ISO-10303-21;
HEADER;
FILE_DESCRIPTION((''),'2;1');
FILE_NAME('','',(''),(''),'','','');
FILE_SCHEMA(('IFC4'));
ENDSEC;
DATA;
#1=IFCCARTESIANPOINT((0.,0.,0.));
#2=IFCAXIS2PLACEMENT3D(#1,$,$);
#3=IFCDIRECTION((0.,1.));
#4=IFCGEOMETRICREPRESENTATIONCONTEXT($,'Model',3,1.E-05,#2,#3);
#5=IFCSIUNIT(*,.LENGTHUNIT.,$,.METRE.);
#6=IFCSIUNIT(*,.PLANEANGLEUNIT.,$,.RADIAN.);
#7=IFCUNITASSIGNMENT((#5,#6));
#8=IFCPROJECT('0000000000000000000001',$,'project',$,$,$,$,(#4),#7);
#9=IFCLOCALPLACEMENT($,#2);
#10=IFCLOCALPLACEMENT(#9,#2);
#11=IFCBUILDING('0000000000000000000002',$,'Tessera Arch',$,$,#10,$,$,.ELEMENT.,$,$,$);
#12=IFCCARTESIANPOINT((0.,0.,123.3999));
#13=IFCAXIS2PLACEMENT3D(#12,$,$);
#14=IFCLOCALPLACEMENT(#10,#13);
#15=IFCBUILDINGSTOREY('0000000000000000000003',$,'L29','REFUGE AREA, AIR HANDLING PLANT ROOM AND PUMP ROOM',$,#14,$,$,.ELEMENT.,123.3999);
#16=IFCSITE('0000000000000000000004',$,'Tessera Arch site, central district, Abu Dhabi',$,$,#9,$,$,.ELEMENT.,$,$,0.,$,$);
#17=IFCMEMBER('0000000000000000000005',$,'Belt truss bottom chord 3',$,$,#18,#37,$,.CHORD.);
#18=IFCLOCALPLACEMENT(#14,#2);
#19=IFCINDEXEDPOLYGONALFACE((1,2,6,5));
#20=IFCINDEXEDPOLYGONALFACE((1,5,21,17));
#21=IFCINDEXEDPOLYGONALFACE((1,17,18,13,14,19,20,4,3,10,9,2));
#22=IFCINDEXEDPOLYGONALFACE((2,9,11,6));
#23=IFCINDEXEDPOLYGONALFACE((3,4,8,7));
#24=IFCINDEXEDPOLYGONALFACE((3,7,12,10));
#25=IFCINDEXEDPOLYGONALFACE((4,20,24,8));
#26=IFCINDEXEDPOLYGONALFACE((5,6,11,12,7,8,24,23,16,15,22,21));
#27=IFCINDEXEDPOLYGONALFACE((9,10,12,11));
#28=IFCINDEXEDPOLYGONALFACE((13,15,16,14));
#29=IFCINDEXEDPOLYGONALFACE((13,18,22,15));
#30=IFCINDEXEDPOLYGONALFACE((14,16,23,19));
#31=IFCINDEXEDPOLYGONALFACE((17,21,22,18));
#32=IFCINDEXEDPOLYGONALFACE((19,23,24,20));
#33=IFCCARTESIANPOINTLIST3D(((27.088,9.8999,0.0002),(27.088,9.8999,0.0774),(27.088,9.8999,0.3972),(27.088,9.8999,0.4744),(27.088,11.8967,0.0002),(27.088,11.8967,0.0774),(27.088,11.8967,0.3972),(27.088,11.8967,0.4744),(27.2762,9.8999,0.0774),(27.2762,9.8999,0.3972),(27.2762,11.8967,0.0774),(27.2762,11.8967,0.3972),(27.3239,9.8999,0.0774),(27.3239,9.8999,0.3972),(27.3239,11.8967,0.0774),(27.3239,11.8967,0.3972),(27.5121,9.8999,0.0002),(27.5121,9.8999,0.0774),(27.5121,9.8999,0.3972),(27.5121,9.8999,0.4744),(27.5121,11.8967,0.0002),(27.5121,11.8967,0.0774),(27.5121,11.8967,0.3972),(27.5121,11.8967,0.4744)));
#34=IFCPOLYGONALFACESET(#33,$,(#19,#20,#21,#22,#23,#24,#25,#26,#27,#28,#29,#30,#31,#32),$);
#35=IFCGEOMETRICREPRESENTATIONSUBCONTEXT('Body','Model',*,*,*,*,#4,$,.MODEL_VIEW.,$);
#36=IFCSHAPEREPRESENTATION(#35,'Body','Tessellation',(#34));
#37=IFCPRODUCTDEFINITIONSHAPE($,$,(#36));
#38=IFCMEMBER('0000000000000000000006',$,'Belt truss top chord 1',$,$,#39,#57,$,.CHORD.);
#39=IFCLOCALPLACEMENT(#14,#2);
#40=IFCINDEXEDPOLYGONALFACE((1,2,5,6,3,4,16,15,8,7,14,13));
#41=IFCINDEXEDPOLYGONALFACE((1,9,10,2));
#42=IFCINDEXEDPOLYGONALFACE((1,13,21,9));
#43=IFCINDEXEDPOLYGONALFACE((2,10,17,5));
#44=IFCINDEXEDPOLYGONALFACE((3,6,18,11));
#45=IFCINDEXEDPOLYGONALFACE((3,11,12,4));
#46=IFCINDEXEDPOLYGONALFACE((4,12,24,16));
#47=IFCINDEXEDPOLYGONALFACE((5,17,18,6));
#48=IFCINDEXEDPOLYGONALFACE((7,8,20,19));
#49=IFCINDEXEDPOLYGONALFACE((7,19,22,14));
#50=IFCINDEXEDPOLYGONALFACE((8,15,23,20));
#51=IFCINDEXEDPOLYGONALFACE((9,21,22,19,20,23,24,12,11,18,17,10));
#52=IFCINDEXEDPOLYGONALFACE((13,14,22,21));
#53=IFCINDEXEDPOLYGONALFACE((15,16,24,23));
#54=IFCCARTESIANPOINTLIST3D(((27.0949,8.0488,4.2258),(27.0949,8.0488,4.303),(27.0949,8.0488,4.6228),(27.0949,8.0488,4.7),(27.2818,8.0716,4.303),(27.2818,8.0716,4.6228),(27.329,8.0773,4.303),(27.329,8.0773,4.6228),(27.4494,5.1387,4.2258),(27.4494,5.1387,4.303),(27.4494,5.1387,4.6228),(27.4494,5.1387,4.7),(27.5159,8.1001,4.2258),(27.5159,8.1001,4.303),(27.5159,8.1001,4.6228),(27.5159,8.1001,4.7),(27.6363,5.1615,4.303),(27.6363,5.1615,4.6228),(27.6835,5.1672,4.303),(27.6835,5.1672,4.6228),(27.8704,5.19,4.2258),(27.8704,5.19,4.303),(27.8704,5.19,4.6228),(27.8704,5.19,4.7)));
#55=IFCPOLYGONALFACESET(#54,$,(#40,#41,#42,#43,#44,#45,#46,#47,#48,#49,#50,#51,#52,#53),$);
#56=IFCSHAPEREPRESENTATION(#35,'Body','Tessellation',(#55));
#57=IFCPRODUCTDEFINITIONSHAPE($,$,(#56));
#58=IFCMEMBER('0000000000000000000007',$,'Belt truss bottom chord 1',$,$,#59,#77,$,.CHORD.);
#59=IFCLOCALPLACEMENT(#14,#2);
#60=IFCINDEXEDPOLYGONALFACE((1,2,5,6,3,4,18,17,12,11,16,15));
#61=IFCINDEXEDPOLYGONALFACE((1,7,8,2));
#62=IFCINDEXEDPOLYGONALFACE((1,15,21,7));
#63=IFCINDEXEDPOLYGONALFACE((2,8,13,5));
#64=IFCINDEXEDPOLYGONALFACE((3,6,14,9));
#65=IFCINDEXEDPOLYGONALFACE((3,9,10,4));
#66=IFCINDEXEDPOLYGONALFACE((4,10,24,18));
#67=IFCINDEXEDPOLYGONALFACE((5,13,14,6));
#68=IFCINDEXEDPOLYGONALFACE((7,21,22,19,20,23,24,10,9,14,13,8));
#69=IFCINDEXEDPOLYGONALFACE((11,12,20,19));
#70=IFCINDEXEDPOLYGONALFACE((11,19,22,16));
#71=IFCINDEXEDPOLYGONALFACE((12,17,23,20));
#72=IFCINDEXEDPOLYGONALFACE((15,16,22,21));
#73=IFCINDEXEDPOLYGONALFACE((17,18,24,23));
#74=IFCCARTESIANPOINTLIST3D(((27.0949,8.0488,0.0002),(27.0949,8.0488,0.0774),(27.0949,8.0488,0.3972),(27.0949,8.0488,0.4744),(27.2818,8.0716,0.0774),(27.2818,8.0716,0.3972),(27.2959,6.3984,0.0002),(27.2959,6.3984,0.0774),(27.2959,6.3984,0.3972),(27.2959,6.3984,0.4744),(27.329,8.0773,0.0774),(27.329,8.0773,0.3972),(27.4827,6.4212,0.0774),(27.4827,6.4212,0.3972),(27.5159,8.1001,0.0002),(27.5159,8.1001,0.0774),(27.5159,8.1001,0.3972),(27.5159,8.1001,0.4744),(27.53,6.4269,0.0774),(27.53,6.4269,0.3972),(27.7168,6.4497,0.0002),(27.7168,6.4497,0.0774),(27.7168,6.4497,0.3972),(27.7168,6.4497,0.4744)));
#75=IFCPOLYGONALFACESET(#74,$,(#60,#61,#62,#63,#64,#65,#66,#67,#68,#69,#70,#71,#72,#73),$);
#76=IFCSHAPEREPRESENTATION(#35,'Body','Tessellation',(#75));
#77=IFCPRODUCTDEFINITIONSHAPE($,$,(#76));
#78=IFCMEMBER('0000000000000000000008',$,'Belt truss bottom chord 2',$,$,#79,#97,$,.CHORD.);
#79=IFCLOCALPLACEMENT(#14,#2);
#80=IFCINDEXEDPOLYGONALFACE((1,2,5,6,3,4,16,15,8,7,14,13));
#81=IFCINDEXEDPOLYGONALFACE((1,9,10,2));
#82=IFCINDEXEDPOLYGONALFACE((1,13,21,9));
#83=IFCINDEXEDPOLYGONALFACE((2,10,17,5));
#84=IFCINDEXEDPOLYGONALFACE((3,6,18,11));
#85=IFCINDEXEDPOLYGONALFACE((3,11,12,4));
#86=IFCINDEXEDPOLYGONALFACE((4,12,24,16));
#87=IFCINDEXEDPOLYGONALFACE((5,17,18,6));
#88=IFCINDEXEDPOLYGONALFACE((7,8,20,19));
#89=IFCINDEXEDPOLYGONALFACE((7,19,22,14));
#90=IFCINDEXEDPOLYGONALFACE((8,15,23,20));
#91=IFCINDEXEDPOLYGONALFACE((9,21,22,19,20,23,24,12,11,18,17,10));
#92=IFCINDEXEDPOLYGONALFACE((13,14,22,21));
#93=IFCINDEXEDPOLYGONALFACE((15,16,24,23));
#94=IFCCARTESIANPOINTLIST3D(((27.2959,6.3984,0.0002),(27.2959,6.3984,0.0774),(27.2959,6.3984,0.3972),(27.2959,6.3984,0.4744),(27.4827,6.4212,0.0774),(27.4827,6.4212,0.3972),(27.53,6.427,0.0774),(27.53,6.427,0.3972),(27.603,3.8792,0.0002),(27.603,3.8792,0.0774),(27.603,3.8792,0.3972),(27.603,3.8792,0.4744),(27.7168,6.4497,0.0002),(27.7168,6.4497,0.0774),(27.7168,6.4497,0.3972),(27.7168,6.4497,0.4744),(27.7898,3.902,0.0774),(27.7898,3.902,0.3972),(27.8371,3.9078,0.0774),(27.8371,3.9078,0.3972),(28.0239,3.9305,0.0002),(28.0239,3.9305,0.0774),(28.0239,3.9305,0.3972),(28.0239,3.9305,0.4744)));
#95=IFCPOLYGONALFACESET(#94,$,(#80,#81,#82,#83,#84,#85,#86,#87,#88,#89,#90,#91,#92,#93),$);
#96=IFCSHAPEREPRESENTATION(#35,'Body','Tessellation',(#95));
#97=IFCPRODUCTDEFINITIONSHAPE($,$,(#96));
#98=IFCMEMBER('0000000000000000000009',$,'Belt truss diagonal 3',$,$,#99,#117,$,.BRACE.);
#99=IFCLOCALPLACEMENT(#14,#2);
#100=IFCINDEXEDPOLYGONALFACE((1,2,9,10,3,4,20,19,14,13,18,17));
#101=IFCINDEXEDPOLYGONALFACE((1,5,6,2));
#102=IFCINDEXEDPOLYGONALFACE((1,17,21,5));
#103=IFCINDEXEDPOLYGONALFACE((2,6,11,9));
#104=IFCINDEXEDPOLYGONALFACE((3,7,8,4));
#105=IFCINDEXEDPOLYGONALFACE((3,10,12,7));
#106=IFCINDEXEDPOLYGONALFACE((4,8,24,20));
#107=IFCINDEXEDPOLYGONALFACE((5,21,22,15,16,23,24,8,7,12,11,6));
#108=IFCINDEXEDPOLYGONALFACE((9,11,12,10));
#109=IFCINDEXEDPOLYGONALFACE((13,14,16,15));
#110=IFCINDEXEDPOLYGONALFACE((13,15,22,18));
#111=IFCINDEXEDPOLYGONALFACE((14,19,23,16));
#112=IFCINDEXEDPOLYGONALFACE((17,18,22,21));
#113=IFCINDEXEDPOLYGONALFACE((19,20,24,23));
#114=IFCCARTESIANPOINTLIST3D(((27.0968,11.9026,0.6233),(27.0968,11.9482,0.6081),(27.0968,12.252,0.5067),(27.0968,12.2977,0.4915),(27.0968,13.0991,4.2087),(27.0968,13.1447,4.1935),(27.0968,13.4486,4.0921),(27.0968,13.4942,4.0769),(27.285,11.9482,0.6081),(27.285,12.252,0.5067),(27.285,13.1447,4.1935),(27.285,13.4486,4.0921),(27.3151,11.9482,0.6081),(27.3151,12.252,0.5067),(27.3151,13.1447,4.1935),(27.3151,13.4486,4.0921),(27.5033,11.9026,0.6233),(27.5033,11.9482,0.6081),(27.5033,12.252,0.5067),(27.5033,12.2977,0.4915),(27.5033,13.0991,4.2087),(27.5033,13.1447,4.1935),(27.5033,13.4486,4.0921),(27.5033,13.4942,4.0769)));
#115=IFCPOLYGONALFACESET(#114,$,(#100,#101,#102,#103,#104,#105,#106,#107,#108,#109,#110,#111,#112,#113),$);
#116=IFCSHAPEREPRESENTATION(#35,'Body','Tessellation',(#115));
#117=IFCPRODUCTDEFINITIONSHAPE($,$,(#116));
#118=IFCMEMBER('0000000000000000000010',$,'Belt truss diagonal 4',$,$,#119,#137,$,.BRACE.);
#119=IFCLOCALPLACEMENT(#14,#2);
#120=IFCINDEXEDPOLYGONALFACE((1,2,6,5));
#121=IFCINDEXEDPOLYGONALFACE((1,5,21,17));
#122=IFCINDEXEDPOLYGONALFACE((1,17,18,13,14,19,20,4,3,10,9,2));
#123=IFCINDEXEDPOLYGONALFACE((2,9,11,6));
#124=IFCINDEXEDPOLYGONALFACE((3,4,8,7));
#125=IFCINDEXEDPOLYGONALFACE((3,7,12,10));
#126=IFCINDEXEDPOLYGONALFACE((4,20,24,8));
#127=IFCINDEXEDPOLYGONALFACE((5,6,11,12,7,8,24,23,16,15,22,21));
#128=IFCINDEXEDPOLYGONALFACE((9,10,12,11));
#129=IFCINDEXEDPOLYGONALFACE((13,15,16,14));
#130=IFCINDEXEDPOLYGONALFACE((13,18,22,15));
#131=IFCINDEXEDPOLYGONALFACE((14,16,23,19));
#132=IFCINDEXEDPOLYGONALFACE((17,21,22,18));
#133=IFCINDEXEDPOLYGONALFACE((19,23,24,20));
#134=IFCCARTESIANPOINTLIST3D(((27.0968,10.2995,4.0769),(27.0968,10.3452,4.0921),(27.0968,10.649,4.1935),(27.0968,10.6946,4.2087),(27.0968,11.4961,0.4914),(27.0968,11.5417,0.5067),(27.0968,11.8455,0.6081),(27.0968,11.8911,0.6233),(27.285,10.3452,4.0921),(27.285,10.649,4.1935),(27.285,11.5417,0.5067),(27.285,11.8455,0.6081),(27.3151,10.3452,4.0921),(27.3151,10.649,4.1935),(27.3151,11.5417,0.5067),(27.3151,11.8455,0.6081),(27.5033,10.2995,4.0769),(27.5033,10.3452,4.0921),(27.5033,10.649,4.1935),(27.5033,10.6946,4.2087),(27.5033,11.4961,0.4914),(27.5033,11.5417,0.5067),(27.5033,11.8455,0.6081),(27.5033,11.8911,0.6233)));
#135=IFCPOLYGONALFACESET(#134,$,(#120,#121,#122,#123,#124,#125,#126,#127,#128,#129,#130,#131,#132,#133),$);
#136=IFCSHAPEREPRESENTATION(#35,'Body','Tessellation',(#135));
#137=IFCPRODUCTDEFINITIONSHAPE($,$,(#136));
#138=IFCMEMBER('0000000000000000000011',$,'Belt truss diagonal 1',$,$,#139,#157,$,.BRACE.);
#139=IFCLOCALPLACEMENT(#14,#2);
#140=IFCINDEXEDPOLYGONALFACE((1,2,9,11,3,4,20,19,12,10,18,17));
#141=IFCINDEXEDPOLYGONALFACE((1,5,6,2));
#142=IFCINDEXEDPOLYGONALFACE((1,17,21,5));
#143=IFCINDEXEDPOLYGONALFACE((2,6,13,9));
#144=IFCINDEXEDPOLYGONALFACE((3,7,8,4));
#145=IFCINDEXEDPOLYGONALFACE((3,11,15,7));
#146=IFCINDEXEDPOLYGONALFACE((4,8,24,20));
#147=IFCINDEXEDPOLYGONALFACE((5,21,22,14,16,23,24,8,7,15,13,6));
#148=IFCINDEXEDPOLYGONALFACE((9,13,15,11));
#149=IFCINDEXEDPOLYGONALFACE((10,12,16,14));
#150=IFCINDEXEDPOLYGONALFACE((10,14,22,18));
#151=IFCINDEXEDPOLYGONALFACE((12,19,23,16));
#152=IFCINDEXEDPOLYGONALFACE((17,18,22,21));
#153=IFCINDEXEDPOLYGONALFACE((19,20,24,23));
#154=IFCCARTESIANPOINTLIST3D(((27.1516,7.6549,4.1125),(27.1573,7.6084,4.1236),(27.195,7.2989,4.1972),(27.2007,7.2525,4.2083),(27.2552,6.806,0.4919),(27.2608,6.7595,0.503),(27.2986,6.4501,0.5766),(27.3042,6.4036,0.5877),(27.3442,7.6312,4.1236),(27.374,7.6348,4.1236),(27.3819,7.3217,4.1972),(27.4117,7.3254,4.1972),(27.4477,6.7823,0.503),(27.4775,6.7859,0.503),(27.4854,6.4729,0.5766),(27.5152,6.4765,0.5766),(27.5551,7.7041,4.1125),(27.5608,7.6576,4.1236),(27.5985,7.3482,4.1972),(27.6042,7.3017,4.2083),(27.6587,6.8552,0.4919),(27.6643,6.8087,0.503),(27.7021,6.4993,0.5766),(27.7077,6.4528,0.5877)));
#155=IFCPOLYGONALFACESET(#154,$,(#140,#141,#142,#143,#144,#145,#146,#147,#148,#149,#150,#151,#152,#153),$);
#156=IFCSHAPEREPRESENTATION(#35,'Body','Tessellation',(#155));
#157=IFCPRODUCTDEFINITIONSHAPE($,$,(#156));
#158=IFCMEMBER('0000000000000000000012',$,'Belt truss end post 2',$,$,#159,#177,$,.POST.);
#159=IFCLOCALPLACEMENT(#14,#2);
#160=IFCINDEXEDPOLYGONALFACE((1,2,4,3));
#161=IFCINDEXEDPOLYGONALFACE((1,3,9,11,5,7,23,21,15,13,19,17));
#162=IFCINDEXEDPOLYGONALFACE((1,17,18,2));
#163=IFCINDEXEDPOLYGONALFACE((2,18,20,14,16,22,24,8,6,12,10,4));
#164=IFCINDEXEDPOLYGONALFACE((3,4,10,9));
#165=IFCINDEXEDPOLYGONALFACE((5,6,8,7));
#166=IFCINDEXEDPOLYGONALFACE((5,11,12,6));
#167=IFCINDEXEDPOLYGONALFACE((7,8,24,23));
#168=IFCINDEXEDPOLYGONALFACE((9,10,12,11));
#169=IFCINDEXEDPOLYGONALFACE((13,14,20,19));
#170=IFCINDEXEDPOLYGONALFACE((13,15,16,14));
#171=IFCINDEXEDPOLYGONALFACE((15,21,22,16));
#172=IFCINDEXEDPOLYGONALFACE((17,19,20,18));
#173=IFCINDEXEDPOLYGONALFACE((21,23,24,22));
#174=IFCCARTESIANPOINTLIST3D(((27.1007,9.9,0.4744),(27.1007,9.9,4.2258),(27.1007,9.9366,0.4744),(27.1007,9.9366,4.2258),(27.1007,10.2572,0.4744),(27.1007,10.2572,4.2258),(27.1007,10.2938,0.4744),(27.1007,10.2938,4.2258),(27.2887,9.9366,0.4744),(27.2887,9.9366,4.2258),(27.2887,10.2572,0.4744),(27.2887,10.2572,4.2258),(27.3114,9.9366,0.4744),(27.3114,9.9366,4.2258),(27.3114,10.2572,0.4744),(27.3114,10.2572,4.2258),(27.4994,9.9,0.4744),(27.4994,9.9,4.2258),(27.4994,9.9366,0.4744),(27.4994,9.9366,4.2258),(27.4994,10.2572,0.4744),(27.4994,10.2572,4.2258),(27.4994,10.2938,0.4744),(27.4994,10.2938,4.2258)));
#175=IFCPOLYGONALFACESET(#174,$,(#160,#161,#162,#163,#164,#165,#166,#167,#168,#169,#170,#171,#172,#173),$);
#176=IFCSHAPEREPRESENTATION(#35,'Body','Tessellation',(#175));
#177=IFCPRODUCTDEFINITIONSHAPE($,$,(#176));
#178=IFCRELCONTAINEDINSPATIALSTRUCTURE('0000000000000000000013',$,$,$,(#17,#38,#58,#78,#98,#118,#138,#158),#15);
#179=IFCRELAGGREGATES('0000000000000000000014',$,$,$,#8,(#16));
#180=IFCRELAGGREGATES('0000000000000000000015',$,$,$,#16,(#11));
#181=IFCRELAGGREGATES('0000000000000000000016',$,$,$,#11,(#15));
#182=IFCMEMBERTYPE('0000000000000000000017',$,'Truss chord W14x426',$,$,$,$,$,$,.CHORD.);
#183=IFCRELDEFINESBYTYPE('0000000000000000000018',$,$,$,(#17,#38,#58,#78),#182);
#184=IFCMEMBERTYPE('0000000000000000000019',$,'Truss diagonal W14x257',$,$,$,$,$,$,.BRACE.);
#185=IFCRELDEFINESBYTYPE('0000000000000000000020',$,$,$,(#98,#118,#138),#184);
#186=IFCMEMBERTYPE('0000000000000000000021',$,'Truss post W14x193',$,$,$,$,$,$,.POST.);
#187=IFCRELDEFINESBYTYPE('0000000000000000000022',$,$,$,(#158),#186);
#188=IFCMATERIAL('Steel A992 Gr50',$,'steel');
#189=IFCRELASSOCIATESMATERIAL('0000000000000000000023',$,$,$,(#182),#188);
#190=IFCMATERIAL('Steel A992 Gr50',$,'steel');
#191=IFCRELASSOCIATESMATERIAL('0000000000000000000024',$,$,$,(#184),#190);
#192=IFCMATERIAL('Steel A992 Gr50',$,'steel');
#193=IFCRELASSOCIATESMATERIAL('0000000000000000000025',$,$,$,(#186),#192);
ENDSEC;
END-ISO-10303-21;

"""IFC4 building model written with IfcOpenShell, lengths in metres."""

from ifc_helpers import new_model, si_unit, direction, frame, origin, origin_2d, place, context, subcontext, project, spatial, i_section, extrude, material, material_profile, profile_set, type_object, element, save


model = new_model("IFC4")

# Units and contexts
model_context = context("Model", 3, precision=1e-05, world=origin(), true_north=direction((0.0, 1.0)))
body_context = subcontext(model_context, "Body", "Model", "MODEL_VIEW")
ifc_project = project(units=[si_unit("LENGTHUNIT", "METRE"), si_unit("PLANEANGLEUNIT", "RADIAN")], contexts=[model_context])

# Site, building, storey
site_placement = place(None, origin())
site = spatial("IfcSite", under=ifc_project, at=site_placement, Name="Tessera Arch site, central district, Abu Dhabi", CompositionType="ELEMENT", RefElevation=0.0)
building_placement = place(site_placement, origin())
building = spatial("IfcBuilding", under=site, at=building_placement, Name="Tessera Arch", CompositionType="ELEMENT")
storey_placement = place(building_placement, frame((0.0, 0.0, 123.3999)))
storey = spatial("IfcBuildingStorey", under=building, at=storey_placement, Name="L29", Description="REFUGE AREA, AIR HANDLING PLANT ROOM AND PUMP ROOM", CompositionType="ELEMENT", Elevation=123.3999)

# Members
ifc_material_1 = material(Name="Steel A992 Gr50", Category="steel")
ifc_material_profile_1 = material_profile(ifc_material_1, i_section(OverallWidth=0.4241, OverallDepth=0.4741, WebThickness=0.0476, FlangeThickness=0.0771, at=origin_2d()), Name="W14x426")
ifc_profile_set_1 = profile_set([ifc_material_profile_1], Name="Steel A992 Gr50")
member_type_1 = type_object("IfcMemberType", Name="Truss chord W14x426", PredefinedType="CHORD", material=ifc_profile_set_1)
member_1_placement = place(storey_placement, frame((27.3, 11.8967, 0.2373), z_axis=(0.0, -1.0, 0.0), x_axis=(1.0, 0.0, 0.0)))
element("IfcMember", 1, at=member_1_placement, inside=storey, type_object=member_type_1, Name="Belt truss bottom chord 3", PredefinedType="CHORD", context=body_context, shape_type="SweptSolid", body=[
    extrude(i_section(OverallWidth=0.4241, OverallDepth=0.4741, WebThickness=0.0476, FlangeThickness=0.0771, at=origin_2d()), origin(), (0.0, 0.0, 1.0), 1.9968),
])
member_2_placement = place(storey_placement, frame((27.3054, 8.0745, 4.4629), z_axis=(0.120918, -0.992662, 0.0), x_axis=(0.992662, 0.120918, 0.0)))
element("IfcMember", 2, at=member_2_placement, inside=storey, type_object=member_type_1, Name="Belt truss top chord 1", PredefinedType="CHORD", context=body_context, shape_type="SweptSolid", body=[
    extrude(i_section(OverallWidth=0.4241, OverallDepth=0.4741, WebThickness=0.0476, FlangeThickness=0.0771, at=origin_2d()), origin(), (0.0, 0.0, 1.0), 2.9316),
])
member_3_placement = place(storey_placement, frame((27.3054, 8.0745, 0.2373), z_axis=(0.120853, -0.99267, 0.0), x_axis=(0.99267, 0.120853, 0.0)))
element("IfcMember", 3, at=member_3_placement, inside=storey, type_object=member_type_1, Name="Belt truss bottom chord 1", PredefinedType="CHORD", context=body_context, shape_type="SweptSolid", body=[
    extrude(i_section(OverallWidth=0.4241, OverallDepth=0.4741, WebThickness=0.0476, FlangeThickness=0.0771, at=origin_2d()), origin(), (0.0, 0.0, 1.0), 1.6626),
])
member_4_placement = place(storey_placement, frame((27.5063, 6.4241, 0.2373), z_axis=(0.121015, -0.992651, 0.0), x_axis=(0.992651, 0.121015, 0.0)))
element("IfcMember", 4, at=member_4_placement, inside=storey, type_object=member_type_1, Name="Belt truss bottom chord 2", PredefinedType="CHORD", context=body_context, shape_type="SweptSolid", body=[
    extrude(i_section(OverallWidth=0.4241, OverallDepth=0.4741, WebThickness=0.0476, FlangeThickness=0.0771, at=origin_2d()), origin(), (0.0, 0.0, 1.0), 2.5378),
])
ifc_material_2 = material(Name="Steel A992 Gr50", Category="steel")
ifc_material_profile_2 = material_profile(ifc_material_2, i_section(OverallWidth=0.4065, OverallDepth=0.4165, WebThickness=0.03, FlangeThickness=0.0481, at=origin_2d()), Name="W14x257")
ifc_profile_set_2 = profile_set([ifc_material_profile_2], Name="Steel A992 Gr50")
member_type_2 = type_object("IfcMemberType", Name="Truss diagonal W14x257", PredefinedType="BRACE", material=ifc_profile_set_2)
for number, where, z_axis, x_axis, name in (
    (5, (27.3, 13.2966, 4.1428), (0.0, -0.316557, -0.948573), (1.0, 0.0, 0.0), "Belt truss diagonal 3"),
    (6, (27.3, 11.6936, 0.5574), (0.0, -0.316557, 0.948573), (1.0, 0.0, 0.0), "Belt truss diagonal 4"),
):
    element("IfcMember", number, at=place(storey_placement, frame(where, z_axis=z_axis, x_axis=x_axis)), inside=storey, type_object=member_type_2, Name=name, PredefinedType="BRACE", context=body_context, shape_type="SweptSolid", body=[
        extrude(i_section(OverallWidth=0.4065, OverallDepth=0.4165, WebThickness=0.03, FlangeThickness=0.0481, at=origin_2d()), origin(), (0.0, 0.0, 1.0), 3.7798),
    ])
member_5_placement = place(storey_placement, frame((27.3779, 7.4783, 4.1604), z_axis=(0.027825, -0.228179, -0.973222), x_axis=(0.992647, 0.121048, 0.0)))
element("IfcMember", 7, at=member_5_placement, inside=storey, type_object=member_type_2, Name="Belt truss diagonal 1", PredefinedType="BRACE", context=body_context, shape_type="SweptSolid", body=[
    extrude(i_section(OverallWidth=0.4065, OverallDepth=0.4165, WebThickness=0.03, FlangeThickness=0.0481, at=origin_2d()), origin(), (0.0, 0.0, 1.0), 3.7202),
])
ifc_material_3 = material(Name="Steel A992 Gr50", Category="steel")
ifc_material_profile_3 = material_profile(ifc_material_3, i_section(OverallWidth=0.3987, OverallDepth=0.3938, WebThickness=0.0227, FlangeThickness=0.0366, at=origin_2d()), Name="W14x193")
ifc_profile_set_3 = profile_set([ifc_material_profile_3], Name="Steel A992 Gr50")
member_type_3 = type_object("IfcMemberType", Name="Truss post W14x193", PredefinedType="POST", material=ifc_profile_set_3)
for number, where, z_axis, x_axis, name in (
    (8, (27.3, 10.0969, 0.4744), (0.0, 0.0, 1.0), (1.0, 0.0, 0.0), "Belt truss end post 2"),
):
    element("IfcMember", number, at=place(storey_placement, frame(where, z_axis=z_axis, x_axis=x_axis)), inside=storey, type_object=member_type_3, Name=name, PredefinedType="POST", context=body_context, shape_type="SweptSolid", body=[
        extrude(i_section(OverallWidth=0.3987, OverallDepth=0.3938, WebThickness=0.0227, FlangeThickness=0.0366, at=origin_2d()), origin(), (0.0, 0.0, 1.0), 3.7515),
    ])

save(model, "model.ifc")
